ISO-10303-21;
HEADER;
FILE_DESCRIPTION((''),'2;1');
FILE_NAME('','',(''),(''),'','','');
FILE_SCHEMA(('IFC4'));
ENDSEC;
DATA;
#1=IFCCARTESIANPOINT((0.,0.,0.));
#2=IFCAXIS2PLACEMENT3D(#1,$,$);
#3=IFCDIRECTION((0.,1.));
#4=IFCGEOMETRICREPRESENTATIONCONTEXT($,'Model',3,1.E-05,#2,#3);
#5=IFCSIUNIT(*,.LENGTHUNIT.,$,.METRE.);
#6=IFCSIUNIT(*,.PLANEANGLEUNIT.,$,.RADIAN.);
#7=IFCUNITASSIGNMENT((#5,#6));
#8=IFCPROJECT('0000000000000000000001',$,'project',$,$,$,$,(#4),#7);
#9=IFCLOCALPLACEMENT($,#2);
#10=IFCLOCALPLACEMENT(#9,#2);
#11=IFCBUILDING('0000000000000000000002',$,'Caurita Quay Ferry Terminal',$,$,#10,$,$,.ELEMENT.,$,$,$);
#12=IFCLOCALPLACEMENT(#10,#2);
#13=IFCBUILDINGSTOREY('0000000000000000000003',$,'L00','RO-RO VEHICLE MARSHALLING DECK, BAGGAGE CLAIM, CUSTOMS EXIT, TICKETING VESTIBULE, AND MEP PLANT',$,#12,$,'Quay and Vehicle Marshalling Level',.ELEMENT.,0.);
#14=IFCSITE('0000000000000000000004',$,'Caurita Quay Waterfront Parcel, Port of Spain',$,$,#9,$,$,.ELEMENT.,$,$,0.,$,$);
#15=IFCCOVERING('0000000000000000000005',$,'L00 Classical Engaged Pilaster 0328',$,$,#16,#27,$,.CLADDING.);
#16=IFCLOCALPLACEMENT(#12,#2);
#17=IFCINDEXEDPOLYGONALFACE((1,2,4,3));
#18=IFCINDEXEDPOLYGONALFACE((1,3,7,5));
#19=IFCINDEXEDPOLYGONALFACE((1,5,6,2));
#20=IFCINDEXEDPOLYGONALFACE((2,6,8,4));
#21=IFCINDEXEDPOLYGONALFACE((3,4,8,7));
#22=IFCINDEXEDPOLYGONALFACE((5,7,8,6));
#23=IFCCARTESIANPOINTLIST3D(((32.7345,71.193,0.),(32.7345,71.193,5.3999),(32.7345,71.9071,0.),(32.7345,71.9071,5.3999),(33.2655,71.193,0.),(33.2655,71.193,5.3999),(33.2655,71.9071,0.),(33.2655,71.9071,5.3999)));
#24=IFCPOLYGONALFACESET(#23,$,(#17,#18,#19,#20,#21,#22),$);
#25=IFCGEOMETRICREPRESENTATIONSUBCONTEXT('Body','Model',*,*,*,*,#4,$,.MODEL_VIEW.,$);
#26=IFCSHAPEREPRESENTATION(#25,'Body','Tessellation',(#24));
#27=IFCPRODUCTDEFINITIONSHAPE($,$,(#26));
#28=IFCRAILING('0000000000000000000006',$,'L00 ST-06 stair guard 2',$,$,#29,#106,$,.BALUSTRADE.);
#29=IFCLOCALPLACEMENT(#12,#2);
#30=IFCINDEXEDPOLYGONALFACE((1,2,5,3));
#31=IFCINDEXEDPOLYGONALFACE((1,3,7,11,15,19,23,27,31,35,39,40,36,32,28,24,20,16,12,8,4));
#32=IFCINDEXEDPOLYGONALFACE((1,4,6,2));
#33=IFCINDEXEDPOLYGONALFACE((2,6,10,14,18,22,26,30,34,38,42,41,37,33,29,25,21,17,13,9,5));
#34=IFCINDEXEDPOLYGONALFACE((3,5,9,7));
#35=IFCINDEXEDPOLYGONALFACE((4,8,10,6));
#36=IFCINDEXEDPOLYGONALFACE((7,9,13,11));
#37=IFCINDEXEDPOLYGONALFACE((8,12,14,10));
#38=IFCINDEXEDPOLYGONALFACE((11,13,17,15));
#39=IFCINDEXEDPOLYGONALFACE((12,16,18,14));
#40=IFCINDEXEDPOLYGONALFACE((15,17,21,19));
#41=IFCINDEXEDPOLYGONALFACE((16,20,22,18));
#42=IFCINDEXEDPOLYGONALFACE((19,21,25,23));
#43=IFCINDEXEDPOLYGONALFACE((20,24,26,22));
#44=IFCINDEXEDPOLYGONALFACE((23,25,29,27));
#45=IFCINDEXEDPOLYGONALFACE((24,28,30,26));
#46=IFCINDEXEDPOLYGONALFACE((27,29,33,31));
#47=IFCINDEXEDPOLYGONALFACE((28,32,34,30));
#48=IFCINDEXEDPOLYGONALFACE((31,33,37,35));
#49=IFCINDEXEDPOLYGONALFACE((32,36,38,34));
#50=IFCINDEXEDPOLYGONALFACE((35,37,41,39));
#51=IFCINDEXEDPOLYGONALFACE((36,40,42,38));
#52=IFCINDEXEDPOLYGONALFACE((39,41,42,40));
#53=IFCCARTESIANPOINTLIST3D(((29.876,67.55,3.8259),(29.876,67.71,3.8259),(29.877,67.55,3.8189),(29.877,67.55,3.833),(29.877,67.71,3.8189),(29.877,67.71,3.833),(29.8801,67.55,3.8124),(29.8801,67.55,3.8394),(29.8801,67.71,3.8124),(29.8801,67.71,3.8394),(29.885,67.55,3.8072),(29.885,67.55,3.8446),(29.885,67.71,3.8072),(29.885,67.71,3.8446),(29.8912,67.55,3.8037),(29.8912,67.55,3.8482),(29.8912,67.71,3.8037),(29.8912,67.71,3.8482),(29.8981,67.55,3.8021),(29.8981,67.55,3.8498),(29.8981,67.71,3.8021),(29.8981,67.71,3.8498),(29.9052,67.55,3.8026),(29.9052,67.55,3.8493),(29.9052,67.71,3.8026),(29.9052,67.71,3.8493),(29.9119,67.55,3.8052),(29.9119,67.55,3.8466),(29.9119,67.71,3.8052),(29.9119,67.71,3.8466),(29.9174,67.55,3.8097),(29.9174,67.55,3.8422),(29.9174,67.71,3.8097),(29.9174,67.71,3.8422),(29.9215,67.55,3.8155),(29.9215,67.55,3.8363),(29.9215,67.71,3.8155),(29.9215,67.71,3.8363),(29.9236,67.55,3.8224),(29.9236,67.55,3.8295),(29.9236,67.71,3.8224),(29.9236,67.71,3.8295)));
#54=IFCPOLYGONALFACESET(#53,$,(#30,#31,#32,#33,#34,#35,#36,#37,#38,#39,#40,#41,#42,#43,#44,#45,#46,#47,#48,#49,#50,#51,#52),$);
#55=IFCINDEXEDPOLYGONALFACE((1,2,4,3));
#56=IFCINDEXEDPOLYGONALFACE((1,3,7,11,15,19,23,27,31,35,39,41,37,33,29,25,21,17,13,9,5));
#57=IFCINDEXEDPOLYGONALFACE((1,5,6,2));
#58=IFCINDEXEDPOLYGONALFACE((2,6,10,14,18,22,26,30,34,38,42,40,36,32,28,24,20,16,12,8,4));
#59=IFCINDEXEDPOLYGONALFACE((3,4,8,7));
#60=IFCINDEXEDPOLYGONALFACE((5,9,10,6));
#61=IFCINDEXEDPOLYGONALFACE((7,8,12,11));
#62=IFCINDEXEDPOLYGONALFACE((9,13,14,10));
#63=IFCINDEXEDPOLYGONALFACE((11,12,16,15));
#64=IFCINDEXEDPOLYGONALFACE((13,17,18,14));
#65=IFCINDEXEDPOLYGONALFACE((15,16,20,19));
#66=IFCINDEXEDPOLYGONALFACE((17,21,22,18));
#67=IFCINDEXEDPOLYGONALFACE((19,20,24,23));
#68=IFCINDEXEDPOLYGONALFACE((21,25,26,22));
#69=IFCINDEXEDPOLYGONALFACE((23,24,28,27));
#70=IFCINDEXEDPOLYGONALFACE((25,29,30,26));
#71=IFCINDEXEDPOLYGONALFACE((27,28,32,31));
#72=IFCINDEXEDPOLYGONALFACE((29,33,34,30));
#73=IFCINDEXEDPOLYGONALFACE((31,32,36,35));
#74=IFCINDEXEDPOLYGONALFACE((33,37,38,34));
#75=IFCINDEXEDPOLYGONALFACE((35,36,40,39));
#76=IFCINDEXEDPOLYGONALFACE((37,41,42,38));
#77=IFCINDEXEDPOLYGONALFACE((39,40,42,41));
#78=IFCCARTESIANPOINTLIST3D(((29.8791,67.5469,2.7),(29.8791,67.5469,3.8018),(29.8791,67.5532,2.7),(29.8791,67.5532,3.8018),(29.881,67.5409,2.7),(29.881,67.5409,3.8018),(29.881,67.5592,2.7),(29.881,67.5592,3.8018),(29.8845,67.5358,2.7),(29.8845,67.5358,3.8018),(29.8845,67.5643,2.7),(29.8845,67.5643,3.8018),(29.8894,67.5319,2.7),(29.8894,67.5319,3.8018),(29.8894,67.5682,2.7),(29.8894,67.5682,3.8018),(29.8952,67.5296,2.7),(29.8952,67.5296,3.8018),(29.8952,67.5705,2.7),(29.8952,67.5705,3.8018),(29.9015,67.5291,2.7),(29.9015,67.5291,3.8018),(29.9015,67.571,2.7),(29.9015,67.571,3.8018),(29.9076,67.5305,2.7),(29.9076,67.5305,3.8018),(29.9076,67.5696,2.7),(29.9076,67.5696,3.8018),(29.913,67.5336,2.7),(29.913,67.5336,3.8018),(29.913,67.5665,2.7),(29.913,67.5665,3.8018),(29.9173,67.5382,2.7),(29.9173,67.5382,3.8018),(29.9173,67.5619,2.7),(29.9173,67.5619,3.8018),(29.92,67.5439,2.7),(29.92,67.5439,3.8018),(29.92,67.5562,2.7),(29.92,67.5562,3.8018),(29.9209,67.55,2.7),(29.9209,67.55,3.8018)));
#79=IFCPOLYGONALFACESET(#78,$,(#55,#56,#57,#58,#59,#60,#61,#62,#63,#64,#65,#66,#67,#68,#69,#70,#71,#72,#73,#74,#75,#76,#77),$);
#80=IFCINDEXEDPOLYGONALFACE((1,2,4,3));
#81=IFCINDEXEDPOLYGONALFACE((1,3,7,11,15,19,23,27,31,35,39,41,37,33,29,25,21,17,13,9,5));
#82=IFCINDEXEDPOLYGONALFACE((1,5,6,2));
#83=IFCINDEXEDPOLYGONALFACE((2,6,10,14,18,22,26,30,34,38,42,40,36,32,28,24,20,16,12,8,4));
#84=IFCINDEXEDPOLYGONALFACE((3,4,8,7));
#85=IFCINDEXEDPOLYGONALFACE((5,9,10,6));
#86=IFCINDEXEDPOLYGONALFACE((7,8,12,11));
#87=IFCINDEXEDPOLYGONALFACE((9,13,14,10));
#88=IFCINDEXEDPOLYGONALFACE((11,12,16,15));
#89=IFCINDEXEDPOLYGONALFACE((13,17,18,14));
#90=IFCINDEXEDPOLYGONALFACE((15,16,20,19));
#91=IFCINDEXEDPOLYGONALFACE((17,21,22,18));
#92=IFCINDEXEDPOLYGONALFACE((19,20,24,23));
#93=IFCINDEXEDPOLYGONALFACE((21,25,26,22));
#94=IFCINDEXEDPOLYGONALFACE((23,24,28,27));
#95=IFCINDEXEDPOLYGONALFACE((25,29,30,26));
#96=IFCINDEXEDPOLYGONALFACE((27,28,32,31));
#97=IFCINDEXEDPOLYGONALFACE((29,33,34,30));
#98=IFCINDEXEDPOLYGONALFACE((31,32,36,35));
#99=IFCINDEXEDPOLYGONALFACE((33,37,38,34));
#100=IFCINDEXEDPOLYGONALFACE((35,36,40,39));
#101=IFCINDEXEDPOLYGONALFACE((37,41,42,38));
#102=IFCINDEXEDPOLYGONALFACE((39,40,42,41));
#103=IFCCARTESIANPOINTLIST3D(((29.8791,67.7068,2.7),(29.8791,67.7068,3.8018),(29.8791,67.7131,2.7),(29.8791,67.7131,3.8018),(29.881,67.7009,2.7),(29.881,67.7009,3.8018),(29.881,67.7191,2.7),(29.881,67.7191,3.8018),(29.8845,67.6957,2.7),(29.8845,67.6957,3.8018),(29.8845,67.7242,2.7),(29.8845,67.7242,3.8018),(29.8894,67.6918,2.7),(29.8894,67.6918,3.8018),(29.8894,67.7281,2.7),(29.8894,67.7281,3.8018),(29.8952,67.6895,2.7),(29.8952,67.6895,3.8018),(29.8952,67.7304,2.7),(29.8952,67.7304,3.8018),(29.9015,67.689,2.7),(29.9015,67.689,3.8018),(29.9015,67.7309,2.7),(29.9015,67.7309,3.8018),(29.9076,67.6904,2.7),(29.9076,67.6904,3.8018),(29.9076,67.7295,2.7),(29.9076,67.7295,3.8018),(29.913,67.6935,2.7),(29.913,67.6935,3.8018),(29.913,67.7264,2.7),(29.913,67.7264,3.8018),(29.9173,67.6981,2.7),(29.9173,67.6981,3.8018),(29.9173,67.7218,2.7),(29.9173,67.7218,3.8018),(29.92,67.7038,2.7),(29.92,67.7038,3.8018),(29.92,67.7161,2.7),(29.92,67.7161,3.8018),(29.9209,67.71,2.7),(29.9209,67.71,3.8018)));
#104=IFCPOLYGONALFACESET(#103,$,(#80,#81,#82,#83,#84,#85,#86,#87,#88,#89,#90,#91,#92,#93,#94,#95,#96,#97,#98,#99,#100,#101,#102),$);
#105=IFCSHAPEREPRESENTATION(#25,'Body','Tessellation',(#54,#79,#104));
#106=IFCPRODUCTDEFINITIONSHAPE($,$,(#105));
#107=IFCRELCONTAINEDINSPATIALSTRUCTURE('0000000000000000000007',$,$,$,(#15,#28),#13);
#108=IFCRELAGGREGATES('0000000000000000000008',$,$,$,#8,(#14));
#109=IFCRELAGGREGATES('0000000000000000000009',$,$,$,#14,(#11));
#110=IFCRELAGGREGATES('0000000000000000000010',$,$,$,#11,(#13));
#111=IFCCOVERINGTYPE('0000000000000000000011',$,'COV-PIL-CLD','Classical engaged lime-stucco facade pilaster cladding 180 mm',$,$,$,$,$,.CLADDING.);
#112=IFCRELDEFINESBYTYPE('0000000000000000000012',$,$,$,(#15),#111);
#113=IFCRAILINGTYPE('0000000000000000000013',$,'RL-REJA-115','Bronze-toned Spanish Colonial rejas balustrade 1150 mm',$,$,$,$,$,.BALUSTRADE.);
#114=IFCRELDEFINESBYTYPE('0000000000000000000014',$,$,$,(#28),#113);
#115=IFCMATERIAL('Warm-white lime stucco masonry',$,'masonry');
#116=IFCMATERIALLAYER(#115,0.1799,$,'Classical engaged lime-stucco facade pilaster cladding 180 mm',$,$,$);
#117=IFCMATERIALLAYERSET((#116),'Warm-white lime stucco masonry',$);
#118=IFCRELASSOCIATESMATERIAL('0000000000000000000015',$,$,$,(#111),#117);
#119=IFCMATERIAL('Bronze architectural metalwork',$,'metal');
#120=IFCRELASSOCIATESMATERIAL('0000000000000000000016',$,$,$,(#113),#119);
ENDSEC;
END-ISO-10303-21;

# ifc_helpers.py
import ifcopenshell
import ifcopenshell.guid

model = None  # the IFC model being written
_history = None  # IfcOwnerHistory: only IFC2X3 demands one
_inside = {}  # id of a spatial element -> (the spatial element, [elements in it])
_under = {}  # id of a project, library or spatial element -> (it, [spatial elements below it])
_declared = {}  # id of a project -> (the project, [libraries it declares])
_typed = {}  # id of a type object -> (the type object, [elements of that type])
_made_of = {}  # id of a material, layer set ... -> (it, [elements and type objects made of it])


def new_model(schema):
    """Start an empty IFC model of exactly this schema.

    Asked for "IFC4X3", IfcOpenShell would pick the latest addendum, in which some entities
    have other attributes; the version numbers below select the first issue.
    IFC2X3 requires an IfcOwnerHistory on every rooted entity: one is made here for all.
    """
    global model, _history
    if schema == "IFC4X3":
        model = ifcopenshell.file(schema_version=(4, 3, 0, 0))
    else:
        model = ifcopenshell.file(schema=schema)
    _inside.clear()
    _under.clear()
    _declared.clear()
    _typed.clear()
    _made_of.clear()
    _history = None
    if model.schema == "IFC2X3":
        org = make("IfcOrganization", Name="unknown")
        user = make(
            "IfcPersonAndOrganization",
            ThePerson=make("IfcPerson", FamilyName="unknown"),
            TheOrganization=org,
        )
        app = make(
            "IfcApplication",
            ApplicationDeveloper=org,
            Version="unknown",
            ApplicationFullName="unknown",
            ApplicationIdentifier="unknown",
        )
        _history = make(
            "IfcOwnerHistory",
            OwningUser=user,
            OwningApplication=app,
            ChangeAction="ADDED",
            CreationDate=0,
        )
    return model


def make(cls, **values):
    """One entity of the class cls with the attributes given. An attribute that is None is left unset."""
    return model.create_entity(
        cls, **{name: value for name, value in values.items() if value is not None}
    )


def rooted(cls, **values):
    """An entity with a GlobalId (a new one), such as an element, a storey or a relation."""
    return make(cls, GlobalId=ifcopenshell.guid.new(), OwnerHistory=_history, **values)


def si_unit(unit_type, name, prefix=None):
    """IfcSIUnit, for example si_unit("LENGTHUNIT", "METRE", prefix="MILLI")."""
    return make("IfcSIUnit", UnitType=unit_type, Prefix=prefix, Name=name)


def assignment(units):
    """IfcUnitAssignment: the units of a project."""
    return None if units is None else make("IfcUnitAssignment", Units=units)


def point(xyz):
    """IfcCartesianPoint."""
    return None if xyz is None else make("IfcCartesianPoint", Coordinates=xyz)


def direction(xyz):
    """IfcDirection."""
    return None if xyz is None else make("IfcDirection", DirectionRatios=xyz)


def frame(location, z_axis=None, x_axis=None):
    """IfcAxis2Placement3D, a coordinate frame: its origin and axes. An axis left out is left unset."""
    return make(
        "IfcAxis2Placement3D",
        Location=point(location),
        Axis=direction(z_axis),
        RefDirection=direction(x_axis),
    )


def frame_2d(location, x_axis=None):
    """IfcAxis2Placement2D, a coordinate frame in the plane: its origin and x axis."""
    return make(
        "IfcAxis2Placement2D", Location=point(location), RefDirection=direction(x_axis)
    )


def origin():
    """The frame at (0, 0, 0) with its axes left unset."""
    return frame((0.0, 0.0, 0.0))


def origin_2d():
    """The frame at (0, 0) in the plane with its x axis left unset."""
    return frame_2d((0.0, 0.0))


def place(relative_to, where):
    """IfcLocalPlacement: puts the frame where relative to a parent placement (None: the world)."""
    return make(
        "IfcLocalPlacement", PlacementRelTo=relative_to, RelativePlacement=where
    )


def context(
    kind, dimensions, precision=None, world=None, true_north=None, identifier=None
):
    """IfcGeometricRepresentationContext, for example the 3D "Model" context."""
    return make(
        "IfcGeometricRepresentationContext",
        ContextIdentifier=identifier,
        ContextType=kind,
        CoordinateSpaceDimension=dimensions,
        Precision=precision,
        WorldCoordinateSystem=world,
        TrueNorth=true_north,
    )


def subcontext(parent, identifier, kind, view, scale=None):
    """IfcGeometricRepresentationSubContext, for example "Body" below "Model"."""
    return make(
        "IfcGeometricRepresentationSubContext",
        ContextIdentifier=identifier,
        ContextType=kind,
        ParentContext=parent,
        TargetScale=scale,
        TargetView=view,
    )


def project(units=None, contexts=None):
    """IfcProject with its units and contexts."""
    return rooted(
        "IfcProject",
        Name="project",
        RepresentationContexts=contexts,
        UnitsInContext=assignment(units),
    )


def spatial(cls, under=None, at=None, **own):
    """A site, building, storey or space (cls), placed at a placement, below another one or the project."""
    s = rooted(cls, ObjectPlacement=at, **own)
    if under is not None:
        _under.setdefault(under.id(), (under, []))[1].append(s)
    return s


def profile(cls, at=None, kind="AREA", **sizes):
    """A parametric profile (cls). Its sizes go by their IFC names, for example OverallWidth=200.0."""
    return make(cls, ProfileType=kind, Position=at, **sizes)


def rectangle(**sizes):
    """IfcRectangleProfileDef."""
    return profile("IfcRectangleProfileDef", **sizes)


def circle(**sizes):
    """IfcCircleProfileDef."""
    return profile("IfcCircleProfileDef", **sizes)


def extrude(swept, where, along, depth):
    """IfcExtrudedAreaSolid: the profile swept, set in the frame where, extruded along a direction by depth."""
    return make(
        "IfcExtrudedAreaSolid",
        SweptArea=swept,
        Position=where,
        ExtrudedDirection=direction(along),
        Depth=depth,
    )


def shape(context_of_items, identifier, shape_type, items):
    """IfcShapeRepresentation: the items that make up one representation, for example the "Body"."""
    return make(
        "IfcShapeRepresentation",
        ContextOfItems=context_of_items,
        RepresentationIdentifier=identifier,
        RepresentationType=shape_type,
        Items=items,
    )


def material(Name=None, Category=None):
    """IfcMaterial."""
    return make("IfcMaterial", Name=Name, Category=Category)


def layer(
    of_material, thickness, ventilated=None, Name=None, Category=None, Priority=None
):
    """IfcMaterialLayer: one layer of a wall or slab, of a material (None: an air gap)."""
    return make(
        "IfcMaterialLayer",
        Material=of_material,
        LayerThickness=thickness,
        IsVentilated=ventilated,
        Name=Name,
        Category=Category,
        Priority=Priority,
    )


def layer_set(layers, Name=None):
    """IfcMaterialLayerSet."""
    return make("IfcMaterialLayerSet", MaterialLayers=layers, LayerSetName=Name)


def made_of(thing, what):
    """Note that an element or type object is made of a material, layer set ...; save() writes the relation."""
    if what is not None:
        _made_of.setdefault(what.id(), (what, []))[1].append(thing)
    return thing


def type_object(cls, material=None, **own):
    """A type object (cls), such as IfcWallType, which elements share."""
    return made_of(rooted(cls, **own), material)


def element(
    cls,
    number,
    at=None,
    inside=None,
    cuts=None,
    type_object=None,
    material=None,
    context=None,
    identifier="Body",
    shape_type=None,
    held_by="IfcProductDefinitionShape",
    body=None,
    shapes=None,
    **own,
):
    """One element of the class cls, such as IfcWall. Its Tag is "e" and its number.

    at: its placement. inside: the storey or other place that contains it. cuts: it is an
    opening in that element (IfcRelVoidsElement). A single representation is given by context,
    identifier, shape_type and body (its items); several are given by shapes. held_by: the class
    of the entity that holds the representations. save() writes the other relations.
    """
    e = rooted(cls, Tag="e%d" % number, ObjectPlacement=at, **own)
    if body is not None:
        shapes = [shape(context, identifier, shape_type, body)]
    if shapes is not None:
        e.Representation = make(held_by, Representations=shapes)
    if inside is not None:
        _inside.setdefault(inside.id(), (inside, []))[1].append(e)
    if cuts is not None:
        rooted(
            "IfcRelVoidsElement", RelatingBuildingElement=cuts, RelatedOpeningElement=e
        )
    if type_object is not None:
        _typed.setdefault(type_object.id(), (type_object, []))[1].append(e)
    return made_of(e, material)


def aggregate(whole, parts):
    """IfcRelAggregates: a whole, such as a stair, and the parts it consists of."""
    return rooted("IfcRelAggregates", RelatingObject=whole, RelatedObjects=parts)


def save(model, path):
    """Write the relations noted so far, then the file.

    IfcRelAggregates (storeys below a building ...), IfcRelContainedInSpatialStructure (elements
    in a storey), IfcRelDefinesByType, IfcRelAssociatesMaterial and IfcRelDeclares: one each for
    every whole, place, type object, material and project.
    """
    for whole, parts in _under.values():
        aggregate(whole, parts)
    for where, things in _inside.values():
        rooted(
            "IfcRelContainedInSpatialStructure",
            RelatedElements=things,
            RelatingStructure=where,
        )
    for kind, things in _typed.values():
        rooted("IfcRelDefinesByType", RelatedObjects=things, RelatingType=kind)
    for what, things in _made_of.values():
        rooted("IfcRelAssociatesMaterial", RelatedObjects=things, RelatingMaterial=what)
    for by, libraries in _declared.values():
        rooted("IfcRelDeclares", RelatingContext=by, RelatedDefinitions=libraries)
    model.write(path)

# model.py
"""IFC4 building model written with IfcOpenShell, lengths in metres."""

from ifc_helpers import new_model, si_unit, direction, frame, origin, origin_2d, place, context, subcontext, project, spatial, rectangle, circle, extrude, material, layer, layer_set, type_object, element, save


model = new_model("IFC4")

# Units and contexts
model_context = context("Model", 3, precision=1e-05, world=origin(), true_north=direction((0.0, 1.0)))
body_context = subcontext(model_context, "Body", "Model", "MODEL_VIEW")
ifc_project = project(units=[si_unit("LENGTHUNIT", "METRE"), si_unit("PLANEANGLEUNIT", "RADIAN")], contexts=[model_context])

# Site, building, storey
site_placement = place(None, origin())
site = spatial("IfcSite", under=ifc_project, at=site_placement, Name="Caurita Quay Waterfront Parcel, Port of Spain", CompositionType="ELEMENT", RefElevation=0.0)
building_placement = place(site_placement, origin())
building = spatial("IfcBuilding", under=site, at=building_placement, Name="Caurita Quay Ferry Terminal", CompositionType="ELEMENT")
storey_placement = place(building_placement, origin())
storey = spatial("IfcBuildingStorey", under=building, at=storey_placement, Name="L00", Description="RO-RO VEHICLE MARSHALLING DECK, BAGGAGE CLAIM, CUSTOMS EXIT, TICKETING VESTIBULE, AND MEP PLANT", LongName="Quay and Vehicle Marshalling Level", CompositionType="ELEMENT", Elevation=0.0)

# Shared definitions
ifc_material_1 = material(Name="Warm-white lime stucco masonry", Category="masonry")

# Covering
ifc_layer_1 = layer(ifc_material_1, 0.1799, Name="Classical engaged lime-stucco facade pilaster cladding 180 mm")
ifc_layer_set_1 = layer_set([ifc_layer_1], Name="Warm-white lime stucco masonry")
covering_type_1 = type_object("IfcCoveringType", Name="COV-PIL-CLD", Description="Classical engaged lime-stucco facade pilaster cladding 180 mm", PredefinedType="CLADDING", material=ifc_layer_set_1)
covering_1_placement = place(storey_placement, frame((33.0, 71.55, 0.0), z_axis=(0.0, 0.0, 1.0), x_axis=(1.0, 0.0, 0.0)))
element("IfcCovering", 1, at=covering_1_placement, inside=storey, type_object=covering_type_1, Name="L00 Classical Engaged Pilaster 0328", PredefinedType="CLADDING", context=body_context, shape_type="SweptSolid", body=[
    extrude(rectangle(XDim=0.531, YDim=0.7141, at=origin_2d()), origin(), (0.0, 0.0, 1.0), 5.3999),
])

# Railing
ifc_material_2 = material(Name="Bronze architectural metalwork", Category="metal")
railing_type = type_object("IfcRailingType", Name="RL-REJA-115", Description="Bronze-toned Spanish Colonial rejas balustrade 1150 mm", PredefinedType="BALUSTRADE", material=ifc_material_2)
railing_placement = place(storey_placement, frame((29.8999, 67.55, 2.7)))
element("IfcRailing", 2, at=railing_placement, inside=storey, type_object=railing_type, Name="L00 ST-06 stair guard 2", PredefinedType="BALUSTRADE", context=body_context, shape_type="SweptSolid", body=[
    extrude(circle(Radius=0.0239, at=origin_2d()), frame((0.0, 0.0, 1.126), z_axis=(0.0, 1.0, 0.0), x_axis=(-1.0, 0.0, 0.0)), (0.0, 0.0, 1.0), 0.1599),
    extrude(circle(Radius=0.021, at=origin_2d()), origin(), (0.0, 0.0, 1.0), 1.1018),
    extrude(circle(Radius=0.021, at=origin_2d()), frame((0.0, 0.1599, 0.0)), (0.0, 0.0, 1.0), 1.1018),
])

save(model, "model.ifc")
